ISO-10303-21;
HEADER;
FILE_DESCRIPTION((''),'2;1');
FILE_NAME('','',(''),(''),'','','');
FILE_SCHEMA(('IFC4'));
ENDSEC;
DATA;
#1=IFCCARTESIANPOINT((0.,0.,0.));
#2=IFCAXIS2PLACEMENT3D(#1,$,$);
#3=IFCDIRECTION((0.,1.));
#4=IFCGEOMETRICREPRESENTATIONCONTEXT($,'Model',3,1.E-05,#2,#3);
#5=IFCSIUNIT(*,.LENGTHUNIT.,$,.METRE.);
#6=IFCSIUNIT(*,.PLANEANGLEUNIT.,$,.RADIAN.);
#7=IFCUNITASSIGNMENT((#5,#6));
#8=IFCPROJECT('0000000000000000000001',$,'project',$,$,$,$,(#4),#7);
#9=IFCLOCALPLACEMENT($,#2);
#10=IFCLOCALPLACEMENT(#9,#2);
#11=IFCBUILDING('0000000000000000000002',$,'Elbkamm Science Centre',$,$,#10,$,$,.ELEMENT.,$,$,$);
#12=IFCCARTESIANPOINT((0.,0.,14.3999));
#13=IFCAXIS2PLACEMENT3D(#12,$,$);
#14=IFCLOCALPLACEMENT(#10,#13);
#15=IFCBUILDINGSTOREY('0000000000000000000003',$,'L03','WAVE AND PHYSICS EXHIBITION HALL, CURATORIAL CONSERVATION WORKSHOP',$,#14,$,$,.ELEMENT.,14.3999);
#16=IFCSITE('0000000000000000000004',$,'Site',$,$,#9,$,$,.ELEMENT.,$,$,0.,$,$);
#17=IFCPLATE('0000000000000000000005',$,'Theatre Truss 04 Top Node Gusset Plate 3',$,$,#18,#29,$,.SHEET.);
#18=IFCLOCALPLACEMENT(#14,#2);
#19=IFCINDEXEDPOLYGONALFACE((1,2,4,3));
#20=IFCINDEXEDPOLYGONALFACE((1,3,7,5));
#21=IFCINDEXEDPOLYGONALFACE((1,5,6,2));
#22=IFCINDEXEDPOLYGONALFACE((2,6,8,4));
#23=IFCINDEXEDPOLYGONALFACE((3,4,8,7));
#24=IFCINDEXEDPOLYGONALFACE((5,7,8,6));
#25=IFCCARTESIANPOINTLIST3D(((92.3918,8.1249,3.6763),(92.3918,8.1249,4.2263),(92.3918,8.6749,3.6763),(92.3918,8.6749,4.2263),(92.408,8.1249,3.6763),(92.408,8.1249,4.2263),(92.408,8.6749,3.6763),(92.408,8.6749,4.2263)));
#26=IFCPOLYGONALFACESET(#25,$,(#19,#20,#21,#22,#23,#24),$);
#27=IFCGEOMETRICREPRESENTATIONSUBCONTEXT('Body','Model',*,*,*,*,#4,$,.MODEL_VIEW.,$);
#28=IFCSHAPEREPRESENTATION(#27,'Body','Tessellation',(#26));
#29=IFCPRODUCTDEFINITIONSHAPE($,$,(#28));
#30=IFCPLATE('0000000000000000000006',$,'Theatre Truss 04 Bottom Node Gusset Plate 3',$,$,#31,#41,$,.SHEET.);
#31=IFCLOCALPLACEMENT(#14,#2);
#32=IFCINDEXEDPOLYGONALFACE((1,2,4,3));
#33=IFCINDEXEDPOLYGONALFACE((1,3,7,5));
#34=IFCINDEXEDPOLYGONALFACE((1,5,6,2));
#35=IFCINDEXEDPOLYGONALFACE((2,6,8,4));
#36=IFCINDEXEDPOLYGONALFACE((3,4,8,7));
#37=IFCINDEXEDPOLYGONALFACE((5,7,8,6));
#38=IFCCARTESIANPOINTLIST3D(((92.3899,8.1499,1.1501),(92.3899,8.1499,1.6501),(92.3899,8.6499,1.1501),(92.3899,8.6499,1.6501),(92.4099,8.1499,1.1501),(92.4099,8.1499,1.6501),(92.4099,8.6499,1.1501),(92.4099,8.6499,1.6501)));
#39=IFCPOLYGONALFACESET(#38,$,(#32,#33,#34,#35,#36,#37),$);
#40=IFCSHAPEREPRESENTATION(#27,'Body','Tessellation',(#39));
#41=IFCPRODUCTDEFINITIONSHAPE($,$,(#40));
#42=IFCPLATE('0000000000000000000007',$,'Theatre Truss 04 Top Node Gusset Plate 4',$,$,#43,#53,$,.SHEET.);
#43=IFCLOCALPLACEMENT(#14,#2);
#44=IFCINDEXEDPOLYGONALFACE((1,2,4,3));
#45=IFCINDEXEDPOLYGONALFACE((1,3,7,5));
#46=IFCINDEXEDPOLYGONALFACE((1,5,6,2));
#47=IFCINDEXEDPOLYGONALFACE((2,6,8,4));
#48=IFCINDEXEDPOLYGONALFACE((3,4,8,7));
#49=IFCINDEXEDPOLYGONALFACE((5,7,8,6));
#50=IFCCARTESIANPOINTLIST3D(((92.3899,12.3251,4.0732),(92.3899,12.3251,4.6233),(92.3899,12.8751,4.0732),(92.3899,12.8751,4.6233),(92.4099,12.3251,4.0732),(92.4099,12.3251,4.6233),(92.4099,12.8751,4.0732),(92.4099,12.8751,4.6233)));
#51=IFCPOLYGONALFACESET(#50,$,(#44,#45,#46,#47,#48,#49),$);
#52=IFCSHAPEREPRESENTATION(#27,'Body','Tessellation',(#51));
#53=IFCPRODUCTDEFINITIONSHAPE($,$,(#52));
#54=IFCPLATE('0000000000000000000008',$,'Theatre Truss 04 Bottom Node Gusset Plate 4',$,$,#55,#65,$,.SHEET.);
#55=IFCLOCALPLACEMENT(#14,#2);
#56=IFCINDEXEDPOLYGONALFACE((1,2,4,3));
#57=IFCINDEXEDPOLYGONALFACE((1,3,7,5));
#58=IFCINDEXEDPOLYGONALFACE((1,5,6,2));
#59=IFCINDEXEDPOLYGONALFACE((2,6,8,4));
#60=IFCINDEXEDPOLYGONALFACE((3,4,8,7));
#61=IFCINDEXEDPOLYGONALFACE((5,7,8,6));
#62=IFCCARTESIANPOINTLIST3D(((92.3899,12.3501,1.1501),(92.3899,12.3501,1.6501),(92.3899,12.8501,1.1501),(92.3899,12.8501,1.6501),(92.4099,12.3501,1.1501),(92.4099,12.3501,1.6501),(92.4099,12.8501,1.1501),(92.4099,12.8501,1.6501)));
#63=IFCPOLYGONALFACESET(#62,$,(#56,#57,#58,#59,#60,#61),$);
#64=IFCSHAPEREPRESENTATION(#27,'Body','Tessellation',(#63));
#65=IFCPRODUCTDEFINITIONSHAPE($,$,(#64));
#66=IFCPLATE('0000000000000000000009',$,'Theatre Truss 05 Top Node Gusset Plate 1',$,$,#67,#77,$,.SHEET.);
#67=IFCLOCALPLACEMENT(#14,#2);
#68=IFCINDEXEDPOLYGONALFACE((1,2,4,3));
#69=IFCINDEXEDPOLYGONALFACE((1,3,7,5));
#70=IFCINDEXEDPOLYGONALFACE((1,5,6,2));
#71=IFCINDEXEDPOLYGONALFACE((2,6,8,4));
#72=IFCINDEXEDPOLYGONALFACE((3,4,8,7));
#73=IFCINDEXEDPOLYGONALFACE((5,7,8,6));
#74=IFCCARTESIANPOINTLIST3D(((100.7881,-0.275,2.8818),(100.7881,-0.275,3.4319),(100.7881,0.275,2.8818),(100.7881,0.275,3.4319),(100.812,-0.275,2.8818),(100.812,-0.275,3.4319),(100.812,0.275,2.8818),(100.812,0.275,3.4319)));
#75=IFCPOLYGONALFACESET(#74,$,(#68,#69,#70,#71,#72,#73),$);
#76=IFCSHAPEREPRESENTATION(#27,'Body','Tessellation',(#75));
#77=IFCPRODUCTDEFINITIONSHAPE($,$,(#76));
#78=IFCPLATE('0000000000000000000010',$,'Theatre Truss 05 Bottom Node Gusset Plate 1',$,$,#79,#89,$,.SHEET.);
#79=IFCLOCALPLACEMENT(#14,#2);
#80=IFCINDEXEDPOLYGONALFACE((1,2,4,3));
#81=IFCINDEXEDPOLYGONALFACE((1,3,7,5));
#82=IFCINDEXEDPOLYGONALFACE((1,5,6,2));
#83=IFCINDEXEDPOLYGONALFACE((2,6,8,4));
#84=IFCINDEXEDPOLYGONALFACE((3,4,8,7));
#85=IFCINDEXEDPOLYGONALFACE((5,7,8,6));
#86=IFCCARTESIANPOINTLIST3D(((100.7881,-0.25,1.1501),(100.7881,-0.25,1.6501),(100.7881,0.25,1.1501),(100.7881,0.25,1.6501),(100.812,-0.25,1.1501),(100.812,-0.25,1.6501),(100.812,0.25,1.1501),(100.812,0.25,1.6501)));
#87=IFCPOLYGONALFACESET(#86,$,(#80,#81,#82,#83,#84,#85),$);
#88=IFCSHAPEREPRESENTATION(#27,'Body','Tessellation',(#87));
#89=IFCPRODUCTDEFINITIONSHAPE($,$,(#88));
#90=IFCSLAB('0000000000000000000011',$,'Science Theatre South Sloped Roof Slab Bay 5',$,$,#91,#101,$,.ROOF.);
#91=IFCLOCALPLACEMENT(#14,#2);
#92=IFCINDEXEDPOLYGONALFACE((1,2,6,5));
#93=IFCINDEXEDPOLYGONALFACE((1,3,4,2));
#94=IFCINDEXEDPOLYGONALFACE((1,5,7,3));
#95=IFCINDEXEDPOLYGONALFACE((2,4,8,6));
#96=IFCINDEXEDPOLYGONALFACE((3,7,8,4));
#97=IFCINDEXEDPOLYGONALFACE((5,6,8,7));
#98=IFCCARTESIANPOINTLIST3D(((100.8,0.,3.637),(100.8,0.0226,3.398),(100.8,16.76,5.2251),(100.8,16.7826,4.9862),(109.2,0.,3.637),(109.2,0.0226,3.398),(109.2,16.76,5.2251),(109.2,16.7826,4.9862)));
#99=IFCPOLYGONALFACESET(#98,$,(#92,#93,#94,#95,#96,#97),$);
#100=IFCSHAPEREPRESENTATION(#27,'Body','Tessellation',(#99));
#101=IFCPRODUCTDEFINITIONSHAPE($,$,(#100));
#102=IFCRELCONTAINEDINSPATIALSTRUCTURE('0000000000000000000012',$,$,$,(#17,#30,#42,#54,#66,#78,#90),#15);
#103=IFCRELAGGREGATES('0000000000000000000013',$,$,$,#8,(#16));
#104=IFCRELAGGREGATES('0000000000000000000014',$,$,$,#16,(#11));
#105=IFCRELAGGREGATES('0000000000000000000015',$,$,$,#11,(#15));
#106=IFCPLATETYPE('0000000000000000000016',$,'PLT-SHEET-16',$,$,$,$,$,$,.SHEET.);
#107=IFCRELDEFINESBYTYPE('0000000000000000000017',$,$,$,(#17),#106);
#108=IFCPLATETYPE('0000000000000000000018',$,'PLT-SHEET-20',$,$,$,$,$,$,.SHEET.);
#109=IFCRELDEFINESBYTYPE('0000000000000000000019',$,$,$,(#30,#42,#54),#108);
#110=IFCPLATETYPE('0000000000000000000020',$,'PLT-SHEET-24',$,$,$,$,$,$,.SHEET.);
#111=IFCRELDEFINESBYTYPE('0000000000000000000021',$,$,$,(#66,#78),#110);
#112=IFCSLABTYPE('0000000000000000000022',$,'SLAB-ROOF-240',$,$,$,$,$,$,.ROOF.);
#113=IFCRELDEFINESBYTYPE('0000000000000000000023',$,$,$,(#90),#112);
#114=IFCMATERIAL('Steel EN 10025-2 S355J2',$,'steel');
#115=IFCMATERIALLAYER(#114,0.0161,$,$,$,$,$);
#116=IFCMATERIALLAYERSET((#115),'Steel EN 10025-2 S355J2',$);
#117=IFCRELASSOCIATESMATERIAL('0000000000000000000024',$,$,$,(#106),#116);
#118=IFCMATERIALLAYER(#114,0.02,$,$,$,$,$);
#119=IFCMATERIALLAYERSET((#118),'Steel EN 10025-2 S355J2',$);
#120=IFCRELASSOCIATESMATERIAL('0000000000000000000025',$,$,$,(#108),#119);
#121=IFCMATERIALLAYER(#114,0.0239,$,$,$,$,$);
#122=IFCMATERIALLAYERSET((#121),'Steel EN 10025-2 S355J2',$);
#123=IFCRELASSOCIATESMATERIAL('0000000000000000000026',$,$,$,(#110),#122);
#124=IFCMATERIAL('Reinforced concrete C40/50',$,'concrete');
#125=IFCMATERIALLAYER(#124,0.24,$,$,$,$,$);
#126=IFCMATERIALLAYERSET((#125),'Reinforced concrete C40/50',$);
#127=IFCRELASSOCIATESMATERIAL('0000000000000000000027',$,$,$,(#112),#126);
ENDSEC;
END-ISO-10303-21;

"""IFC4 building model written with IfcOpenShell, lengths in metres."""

from ifc_helpers import new_model, si_unit, direction, frame, origin, origin_2d, place, context, subcontext, project, spatial, polyline, rectangle, outline, extrude, material, layer, layer_set, type_object, element, save


model = new_model("IFC4")

# Units and contexts
model_context = context("Model", 3, precision=1e-05, world=origin(), true_north=direction((0.0, 1.0)))
body_context = subcontext(model_context, "Body", "Model", "MODEL_VIEW")
ifc_project = project(units=[si_unit("LENGTHUNIT", "METRE"), si_unit("PLANEANGLEUNIT", "RADIAN")], contexts=[model_context])

# Site, building, storey
site_placement = place(None, origin())
site = spatial("IfcSite", under=ifc_project, at=site_placement, Name="Site", CompositionType="ELEMENT", RefElevation=0.0)
building_placement = place(site_placement, origin())
building = spatial("IfcBuilding", under=site, at=building_placement, Name="Elbkamm Science Centre", CompositionType="ELEMENT")
storey_placement = place(building_placement, frame((0.0, 0.0, 14.3999)))
storey = spatial("IfcBuildingStorey", under=building, at=storey_placement, Name="L03", Description="WAVE AND PHYSICS EXHIBITION HALL, CURATORIAL CONSERVATION WORKSHOP", CompositionType="ELEMENT", Elevation=14.3999)

# Shared definitions
ifc_material_1 = material(Name="Steel EN 10025-2 S355J2", Category="steel")

# Plates
ifc_layer_1 = layer(ifc_material_1, 0.0161)
ifc_layer_set_1 = layer_set([ifc_layer_1], Name="Steel EN 10025-2 S355J2")
plate_type_1 = type_object("IfcPlateType", Name="PLT-SHEET-16", PredefinedType="SHEET", material=ifc_layer_set_1)
plate_1_placement = place(storey_placement, frame((92.3999, 8.3999, 3.6763), z_axis=(0.0, 0.0, 1.0), x_axis=(1.0, 0.0, 0.0)))
element("IfcPlate", 1, at=plate_1_placement, inside=storey, type_object=plate_type_1, Name="Theatre Truss 04 Top Node Gusset Plate 3", PredefinedType="SHEET", context=body_context, shape_type="SweptSolid", body=[
    extrude(rectangle(XDim=0.0161, YDim=0.55, at=origin_2d()), origin(), (0.0, 0.0, 1.0), 0.55),
])
ifc_layer_2 = layer(ifc_material_1, 0.02)
ifc_layer_set_2 = layer_set([ifc_layer_2], Name="Steel EN 10025-2 S355J2")
plate_type_2 = type_object("IfcPlateType", Name="PLT-SHEET-20", PredefinedType="SHEET", material=ifc_layer_set_2)
plate_2_placement = place(storey_placement, frame((92.3999, 8.3999, 1.1501), z_axis=(0.0, 0.0, 1.0), x_axis=(1.0, 0.0, 0.0)))
element("IfcPlate", 2, at=plate_2_placement, inside=storey, type_object=plate_type_2, Name="Theatre Truss 04 Bottom Node Gusset Plate 3", PredefinedType="SHEET", context=body_context, shape_type="SweptSolid", body=[
    extrude(rectangle(XDim=0.02, YDim=0.5, at=origin_2d()), origin(), (0.0, 0.0, 1.0), 0.5),
])
plate_3_placement = place(storey_placement, frame((92.3999, 12.6001, 4.0732), z_axis=(0.0, 0.0, 1.0), x_axis=(1.0, 0.0, 0.0)))
element("IfcPlate", 3, at=plate_3_placement, inside=storey, type_object=plate_type_2, Name="Theatre Truss 04 Top Node Gusset Plate 4", PredefinedType="SHEET", context=body_context, shape_type="SweptSolid", body=[
    extrude(rectangle(XDim=0.02, YDim=0.55, at=origin_2d()), origin(), (0.0, 0.0, 1.0), 0.55),
])
plate_4_placement = place(storey_placement, frame((92.3999, 12.6001, 1.1501), z_axis=(0.0, 0.0, 1.0), x_axis=(1.0, 0.0, 0.0)))
element("IfcPlate", 4, at=plate_4_placement, inside=storey, type_object=plate_type_2, Name="Theatre Truss 04 Bottom Node Gusset Plate 4", PredefinedType="SHEET", context=body_context, shape_type="SweptSolid", body=[
    extrude(rectangle(XDim=0.02, YDim=0.5, at=origin_2d()), origin(), (0.0, 0.0, 1.0), 0.5),
])
ifc_layer_3 = layer(ifc_material_1, 0.0239)
ifc_layer_set_3 = layer_set([ifc_layer_3], Name="Steel EN 10025-2 S355J2")
plate_type_3 = type_object("IfcPlateType", Name="PLT-SHEET-24", PredefinedType="SHEET", material=ifc_layer_set_3)
plate_5_placement = place(storey_placement, frame((100.8, 0.0, 2.8818), z_axis=(0.0, 0.0, 1.0), x_axis=(1.0, 0.0, 0.0)))
element("IfcPlate", 5, at=plate_5_placement, inside=storey, type_object=plate_type_3, Name="Theatre Truss 05 Top Node Gusset Plate 1", PredefinedType="SHEET", context=body_context, shape_type="SweptSolid", body=[
    extrude(rectangle(XDim=0.0239, YDim=0.55, at=origin_2d()), origin(), (0.0, 0.0, 1.0), 0.55),
])
plate_6_placement = place(storey_placement, frame((100.8, 0.0, 1.1501), z_axis=(0.0, 0.0, 1.0), x_axis=(1.0, 0.0, 0.0)))
element("IfcPlate", 6, at=plate_6_placement, inside=storey, type_object=plate_type_3, Name="Theatre Truss 05 Bottom Node Gusset Plate 1", PredefinedType="SHEET", context=body_context, shape_type="SweptSolid", body=[
    extrude(rectangle(XDim=0.0239, YDim=0.5, at=origin_2d()), origin(), (0.0, 0.0, 1.0), 0.5),
])

# Slab
ifc_material_2 = material(Name="Reinforced concrete C40/50", Category="concrete")
ifc_layer_4 = layer(ifc_material_2, 0.24)
ifc_layer_set_4 = layer_set([ifc_layer_4], Name="Reinforced concrete C40/50")
slab_type = type_object("IfcSlabType", Name="SLAB-ROOF-240", PredefinedType="ROOF", material=ifc_layer_set_4)
slab_placement = place(storey_placement, frame((100.8, 0.0, 3.637), z_axis=(0.0, -0.094335, 0.995541), x_axis=(1.0, 0.0, 0.0)))
element("IfcSlab", 7, at=slab_placement, inside=storey, type_object=slab_type, Name="Science Theatre South Sloped Roof Slab Bay 5", PredefinedType="ROOF", context=body_context, shape_type="SweptSolid", body=[
    extrude(outline(polyline([(0.0, 0.0), (8.3999, 0.0), (8.3999, 16.8351), (0.0, 16.8351), (0.0, 0.0)])), origin(), (0.0, 0.0, -1.0), 0.24),
])

save(model, "model.ifc")
